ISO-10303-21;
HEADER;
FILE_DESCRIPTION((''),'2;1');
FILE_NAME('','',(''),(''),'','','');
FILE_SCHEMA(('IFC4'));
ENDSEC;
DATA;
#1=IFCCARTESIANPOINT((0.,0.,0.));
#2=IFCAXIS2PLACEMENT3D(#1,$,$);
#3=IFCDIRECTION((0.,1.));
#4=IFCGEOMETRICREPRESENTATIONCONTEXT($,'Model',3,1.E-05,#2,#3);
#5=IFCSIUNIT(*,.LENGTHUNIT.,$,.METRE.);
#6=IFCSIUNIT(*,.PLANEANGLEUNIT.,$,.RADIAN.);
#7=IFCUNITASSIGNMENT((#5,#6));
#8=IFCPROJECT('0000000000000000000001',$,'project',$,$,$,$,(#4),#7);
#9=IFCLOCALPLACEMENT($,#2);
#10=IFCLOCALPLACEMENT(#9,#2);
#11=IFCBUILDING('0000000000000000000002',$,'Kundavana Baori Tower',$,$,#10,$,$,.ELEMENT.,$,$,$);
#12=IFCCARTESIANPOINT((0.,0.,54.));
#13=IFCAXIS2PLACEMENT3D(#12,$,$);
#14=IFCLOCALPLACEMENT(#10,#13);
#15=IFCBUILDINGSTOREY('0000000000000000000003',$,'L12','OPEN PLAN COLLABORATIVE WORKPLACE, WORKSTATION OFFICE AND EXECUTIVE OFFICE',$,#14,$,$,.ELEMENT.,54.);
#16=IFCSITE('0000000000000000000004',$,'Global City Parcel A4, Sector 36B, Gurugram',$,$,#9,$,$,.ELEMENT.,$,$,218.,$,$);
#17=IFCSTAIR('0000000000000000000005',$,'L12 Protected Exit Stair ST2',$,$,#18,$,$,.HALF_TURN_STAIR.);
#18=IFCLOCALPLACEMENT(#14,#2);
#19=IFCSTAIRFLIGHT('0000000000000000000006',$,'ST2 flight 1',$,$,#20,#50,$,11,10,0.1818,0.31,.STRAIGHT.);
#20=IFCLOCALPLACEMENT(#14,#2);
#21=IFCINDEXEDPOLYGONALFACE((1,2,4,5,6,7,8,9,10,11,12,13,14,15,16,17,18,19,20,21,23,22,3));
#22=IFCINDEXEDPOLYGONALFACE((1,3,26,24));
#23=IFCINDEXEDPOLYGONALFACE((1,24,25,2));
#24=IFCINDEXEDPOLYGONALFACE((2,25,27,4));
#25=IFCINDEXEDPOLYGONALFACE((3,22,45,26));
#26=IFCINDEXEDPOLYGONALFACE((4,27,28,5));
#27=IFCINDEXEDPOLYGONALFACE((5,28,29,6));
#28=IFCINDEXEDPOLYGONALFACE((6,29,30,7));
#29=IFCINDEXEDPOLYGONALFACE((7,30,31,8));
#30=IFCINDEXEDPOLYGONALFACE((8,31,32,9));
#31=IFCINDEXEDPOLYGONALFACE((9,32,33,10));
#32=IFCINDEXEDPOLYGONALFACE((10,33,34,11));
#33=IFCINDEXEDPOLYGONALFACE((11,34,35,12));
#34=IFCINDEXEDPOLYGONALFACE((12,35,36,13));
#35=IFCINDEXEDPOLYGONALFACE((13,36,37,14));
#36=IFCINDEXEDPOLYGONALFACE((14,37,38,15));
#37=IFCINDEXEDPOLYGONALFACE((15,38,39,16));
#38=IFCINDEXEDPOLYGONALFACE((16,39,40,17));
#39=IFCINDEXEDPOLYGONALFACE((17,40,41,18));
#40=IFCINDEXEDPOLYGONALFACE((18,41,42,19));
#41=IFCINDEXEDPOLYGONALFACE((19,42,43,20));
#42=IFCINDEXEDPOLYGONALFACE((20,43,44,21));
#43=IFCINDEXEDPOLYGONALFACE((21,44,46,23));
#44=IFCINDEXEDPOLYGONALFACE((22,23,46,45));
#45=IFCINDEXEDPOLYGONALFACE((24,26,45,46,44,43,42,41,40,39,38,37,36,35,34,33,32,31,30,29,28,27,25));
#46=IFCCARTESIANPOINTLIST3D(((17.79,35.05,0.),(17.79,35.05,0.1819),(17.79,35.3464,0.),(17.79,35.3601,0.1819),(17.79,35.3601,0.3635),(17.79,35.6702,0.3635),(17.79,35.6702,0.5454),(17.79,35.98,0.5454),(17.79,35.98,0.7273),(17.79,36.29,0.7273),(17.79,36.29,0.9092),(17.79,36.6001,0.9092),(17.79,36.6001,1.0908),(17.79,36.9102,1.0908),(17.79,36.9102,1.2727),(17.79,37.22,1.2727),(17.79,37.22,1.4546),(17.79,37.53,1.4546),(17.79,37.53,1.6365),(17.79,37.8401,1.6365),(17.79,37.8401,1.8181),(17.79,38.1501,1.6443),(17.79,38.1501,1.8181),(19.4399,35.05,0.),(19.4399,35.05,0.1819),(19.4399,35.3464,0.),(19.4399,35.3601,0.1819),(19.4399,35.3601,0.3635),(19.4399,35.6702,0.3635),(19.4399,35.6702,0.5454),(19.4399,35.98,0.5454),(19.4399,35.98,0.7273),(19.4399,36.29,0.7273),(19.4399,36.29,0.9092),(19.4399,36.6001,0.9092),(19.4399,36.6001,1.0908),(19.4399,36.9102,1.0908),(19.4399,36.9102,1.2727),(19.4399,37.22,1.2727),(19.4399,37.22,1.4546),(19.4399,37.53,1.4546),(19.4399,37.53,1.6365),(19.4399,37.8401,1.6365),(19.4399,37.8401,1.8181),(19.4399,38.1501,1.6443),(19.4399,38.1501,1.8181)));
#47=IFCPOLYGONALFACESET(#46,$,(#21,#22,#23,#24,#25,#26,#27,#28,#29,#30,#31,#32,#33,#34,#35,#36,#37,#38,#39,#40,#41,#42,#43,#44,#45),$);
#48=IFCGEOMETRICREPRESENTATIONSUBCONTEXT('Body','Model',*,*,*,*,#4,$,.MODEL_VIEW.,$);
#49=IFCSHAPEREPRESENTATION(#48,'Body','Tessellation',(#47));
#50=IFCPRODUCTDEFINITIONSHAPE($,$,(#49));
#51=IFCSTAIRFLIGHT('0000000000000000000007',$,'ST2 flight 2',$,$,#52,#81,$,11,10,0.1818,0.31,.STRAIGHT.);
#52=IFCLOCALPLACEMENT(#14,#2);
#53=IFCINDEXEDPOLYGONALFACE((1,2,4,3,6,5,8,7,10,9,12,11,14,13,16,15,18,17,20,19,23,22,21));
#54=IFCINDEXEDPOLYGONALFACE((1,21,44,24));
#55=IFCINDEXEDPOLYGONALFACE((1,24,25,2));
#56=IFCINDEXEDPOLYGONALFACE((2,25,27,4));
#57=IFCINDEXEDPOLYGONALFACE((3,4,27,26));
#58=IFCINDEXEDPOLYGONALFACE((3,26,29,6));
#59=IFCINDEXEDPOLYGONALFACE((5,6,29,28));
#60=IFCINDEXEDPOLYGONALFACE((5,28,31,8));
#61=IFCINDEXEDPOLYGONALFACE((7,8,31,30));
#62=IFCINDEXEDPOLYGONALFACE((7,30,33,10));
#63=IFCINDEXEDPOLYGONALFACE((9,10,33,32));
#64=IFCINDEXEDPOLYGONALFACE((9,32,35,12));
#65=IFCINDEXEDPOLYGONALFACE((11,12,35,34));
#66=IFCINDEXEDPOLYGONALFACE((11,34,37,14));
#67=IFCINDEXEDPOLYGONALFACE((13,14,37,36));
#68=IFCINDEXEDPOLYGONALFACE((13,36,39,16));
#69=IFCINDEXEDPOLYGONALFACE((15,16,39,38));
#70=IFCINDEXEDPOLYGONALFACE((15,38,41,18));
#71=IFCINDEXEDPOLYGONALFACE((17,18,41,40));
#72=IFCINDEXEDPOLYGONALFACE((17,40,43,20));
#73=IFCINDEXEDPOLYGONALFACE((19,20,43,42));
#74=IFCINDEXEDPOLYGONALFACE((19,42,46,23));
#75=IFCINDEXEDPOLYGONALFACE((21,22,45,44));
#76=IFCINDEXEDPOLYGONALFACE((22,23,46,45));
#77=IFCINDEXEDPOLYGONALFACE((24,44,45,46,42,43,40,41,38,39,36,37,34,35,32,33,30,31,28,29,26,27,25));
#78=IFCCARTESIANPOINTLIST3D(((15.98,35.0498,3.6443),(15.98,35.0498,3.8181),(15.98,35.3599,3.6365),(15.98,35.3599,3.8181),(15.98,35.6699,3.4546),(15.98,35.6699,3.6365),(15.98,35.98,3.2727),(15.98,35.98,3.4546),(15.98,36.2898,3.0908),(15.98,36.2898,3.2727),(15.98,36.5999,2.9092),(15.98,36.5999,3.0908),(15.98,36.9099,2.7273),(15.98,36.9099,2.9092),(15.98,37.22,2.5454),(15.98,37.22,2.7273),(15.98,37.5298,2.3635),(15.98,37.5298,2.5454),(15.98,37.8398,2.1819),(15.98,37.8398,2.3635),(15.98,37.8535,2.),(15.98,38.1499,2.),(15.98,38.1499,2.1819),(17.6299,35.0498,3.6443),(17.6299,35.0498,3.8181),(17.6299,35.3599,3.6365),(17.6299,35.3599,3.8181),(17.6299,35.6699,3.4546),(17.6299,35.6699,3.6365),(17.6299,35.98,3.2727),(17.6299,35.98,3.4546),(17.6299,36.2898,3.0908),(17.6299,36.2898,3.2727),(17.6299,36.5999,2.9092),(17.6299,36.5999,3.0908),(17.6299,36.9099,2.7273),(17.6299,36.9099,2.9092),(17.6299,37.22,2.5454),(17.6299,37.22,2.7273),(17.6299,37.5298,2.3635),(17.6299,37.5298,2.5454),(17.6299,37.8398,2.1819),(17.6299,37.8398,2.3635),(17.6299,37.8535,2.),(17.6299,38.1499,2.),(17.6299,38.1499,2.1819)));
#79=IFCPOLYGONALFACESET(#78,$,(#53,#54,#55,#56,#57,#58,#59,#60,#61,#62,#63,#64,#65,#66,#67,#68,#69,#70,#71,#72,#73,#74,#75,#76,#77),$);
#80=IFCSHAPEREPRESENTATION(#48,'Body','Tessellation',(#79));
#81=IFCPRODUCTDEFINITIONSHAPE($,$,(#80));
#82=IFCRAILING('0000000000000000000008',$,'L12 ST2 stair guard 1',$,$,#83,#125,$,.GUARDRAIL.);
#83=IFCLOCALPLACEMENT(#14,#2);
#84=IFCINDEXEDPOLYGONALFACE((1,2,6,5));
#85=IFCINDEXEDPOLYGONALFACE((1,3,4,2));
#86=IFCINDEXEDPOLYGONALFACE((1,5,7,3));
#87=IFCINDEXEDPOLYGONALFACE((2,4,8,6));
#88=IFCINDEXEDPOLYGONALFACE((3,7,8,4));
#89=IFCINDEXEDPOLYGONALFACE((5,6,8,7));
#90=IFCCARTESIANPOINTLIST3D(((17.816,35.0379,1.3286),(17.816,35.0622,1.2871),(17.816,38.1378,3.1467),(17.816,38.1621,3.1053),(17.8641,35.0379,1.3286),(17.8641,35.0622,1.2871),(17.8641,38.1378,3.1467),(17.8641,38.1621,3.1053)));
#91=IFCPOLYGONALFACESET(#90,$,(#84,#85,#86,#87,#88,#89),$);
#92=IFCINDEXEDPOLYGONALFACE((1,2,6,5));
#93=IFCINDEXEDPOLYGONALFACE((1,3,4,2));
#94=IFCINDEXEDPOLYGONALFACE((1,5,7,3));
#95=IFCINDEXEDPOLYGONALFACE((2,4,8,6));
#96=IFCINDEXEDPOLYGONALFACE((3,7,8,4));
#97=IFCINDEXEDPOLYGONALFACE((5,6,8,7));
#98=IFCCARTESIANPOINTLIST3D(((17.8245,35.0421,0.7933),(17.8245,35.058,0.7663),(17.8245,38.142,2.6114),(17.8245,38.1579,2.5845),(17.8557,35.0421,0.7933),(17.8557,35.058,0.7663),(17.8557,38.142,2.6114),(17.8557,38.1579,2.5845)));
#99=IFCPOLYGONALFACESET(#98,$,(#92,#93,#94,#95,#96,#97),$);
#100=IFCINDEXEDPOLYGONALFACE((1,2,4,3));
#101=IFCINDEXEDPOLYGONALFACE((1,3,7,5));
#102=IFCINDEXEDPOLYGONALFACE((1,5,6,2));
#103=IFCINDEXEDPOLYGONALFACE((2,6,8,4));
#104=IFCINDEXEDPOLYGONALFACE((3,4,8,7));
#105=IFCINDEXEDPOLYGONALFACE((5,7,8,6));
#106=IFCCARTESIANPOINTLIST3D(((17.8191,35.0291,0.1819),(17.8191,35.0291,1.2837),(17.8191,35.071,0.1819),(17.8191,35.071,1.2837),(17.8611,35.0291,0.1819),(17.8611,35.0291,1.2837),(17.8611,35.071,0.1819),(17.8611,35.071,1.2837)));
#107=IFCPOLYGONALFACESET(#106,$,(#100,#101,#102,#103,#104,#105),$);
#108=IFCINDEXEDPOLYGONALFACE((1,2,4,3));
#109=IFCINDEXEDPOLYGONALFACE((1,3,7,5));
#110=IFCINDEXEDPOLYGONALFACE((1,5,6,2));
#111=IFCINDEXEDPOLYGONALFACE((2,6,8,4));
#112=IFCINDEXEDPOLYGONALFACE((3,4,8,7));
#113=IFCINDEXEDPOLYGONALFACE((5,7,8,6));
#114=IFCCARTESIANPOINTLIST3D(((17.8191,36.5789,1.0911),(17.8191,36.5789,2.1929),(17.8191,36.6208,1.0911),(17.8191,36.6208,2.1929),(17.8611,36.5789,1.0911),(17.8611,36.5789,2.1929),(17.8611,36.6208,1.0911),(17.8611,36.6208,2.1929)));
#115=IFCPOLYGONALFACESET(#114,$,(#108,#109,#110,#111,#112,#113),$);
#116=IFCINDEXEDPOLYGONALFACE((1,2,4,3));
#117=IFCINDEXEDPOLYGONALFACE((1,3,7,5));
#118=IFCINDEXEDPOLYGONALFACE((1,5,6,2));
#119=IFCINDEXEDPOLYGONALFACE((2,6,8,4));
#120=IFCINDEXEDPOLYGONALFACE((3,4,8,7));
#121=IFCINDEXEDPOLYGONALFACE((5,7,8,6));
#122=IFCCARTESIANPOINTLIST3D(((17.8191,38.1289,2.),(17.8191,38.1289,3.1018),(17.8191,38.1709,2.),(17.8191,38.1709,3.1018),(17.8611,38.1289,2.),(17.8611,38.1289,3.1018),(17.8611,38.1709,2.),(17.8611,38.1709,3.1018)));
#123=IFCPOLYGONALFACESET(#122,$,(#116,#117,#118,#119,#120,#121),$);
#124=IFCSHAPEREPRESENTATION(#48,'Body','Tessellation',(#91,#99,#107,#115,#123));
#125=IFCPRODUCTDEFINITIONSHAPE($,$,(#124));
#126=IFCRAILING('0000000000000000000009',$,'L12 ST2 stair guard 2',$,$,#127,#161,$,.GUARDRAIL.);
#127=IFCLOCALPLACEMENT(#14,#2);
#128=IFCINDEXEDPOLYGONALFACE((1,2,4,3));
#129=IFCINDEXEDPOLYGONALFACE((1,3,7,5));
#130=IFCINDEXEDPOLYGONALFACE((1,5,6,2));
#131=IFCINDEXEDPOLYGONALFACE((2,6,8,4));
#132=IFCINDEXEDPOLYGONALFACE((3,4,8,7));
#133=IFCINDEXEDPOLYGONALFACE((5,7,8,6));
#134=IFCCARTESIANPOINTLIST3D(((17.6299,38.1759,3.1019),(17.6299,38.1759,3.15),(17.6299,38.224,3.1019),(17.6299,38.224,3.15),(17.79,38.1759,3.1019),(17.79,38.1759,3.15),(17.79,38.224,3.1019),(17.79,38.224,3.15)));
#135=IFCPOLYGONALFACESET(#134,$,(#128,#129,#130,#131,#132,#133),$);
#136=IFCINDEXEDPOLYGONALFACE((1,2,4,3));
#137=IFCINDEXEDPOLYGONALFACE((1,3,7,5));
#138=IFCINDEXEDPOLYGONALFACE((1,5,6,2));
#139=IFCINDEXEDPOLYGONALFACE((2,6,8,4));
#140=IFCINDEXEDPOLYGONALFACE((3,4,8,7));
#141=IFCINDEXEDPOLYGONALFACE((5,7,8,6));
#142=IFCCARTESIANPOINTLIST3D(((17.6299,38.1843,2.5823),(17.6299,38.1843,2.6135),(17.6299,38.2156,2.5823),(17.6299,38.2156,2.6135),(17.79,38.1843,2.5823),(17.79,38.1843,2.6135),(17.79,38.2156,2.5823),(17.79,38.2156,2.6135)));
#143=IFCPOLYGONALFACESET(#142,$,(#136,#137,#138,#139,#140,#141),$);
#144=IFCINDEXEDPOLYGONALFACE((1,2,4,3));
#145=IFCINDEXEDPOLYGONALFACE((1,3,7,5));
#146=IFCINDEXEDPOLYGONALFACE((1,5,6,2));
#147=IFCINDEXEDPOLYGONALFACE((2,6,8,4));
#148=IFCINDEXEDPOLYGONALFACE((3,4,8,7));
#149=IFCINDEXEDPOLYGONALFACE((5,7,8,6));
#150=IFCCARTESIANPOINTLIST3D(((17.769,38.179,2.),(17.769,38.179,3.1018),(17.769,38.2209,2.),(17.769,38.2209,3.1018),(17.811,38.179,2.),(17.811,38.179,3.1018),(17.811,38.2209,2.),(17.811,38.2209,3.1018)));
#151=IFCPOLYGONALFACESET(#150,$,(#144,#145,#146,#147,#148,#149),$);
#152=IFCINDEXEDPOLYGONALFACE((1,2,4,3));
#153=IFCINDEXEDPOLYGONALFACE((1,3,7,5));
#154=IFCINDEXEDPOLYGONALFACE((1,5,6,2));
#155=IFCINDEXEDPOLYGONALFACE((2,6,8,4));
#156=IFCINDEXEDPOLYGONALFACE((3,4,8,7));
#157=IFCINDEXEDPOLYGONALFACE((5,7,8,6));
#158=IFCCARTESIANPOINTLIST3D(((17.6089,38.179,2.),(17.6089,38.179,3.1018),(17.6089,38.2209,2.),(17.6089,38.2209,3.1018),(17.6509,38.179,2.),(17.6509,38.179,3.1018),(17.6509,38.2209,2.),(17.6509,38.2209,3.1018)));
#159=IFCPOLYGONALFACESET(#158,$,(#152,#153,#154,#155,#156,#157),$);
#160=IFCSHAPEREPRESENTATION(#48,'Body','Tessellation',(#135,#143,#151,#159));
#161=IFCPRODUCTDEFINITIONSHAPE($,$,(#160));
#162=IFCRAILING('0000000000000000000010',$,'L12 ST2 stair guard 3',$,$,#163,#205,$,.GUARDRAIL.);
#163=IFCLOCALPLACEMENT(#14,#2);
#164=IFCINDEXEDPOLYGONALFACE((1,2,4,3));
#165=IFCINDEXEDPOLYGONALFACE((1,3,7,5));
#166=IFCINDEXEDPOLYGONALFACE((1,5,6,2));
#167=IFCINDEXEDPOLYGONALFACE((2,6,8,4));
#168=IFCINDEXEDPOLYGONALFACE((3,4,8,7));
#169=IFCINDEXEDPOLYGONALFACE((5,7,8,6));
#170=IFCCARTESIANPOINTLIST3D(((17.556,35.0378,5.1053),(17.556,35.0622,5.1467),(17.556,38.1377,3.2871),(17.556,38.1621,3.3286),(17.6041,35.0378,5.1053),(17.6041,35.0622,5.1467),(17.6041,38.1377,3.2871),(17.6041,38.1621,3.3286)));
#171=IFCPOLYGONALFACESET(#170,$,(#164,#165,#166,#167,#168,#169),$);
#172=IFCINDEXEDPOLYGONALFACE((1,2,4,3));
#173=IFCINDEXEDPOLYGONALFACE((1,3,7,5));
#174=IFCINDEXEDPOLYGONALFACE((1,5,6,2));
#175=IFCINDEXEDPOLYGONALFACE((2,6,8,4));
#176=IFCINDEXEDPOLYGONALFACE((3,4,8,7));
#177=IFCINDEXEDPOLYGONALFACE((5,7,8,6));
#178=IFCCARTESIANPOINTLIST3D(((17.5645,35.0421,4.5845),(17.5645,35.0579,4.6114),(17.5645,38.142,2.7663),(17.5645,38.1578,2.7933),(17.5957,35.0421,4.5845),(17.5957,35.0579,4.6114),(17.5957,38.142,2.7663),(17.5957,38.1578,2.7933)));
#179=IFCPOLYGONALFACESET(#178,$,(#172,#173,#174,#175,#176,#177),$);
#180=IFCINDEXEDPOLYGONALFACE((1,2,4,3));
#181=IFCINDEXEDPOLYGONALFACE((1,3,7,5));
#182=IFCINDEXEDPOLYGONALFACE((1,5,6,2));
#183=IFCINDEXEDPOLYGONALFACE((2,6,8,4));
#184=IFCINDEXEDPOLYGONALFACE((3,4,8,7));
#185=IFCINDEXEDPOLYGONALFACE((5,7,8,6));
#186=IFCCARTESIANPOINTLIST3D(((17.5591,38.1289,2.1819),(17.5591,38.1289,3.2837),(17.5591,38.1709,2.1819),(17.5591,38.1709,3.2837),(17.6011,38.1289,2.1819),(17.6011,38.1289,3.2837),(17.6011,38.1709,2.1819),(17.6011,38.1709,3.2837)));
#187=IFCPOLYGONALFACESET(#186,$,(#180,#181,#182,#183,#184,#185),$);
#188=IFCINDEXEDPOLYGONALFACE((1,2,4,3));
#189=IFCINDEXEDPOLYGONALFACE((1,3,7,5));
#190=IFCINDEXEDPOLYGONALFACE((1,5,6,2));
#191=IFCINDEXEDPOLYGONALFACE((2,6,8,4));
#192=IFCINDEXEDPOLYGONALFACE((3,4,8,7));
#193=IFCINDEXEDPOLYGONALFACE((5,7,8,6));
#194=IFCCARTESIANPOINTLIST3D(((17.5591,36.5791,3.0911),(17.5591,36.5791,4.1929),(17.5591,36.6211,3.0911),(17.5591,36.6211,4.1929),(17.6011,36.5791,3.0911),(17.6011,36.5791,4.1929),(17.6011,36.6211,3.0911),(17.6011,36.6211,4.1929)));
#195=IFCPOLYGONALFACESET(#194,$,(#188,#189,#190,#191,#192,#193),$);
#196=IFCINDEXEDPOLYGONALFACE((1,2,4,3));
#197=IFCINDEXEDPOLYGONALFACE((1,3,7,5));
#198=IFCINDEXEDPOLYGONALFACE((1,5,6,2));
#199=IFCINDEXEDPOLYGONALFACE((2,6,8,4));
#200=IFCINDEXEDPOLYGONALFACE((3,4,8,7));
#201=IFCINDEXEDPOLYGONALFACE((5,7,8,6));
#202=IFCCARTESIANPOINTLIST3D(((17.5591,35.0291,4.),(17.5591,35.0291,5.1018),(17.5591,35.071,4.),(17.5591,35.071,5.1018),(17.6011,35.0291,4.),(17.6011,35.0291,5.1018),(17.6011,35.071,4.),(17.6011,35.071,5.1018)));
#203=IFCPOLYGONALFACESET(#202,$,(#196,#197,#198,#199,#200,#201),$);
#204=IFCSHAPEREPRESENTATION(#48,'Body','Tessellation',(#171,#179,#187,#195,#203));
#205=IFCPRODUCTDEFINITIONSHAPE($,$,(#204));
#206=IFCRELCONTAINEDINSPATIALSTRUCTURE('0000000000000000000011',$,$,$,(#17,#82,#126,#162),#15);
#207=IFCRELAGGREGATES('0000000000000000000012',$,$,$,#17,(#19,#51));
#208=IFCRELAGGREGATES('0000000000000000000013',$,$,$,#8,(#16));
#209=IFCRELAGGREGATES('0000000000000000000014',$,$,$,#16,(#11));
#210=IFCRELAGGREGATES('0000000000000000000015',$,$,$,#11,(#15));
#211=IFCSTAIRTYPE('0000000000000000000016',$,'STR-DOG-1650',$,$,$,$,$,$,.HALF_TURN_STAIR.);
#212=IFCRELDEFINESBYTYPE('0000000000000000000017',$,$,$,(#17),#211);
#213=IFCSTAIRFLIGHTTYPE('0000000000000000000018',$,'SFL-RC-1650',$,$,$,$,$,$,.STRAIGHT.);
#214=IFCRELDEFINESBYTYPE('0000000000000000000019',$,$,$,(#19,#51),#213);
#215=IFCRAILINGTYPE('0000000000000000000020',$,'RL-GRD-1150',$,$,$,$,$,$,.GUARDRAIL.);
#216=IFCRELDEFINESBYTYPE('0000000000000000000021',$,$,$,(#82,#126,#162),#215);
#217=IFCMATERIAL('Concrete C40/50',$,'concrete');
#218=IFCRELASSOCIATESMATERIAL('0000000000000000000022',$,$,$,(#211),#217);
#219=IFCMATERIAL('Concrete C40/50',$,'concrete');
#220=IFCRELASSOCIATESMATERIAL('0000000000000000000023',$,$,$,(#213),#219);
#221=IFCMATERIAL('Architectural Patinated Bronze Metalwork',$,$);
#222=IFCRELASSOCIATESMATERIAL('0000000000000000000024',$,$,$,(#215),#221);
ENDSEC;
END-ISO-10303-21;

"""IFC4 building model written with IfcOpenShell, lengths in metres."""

from ifc_helpers import new_model, si_unit, direction, frame, origin, origin_2d, place, context, subcontext, project, spatial, polyline, rectangle, outline, extrude, material, type_object, element, aggregate, save


model = new_model("IFC4")

# Units and contexts
model_context = context("Model", 3, precision=1e-05, world=origin(), true_north=direction((0.0, 1.0)))
body_context = subcontext(model_context, "Body", "Model", "MODEL_VIEW")
ifc_project = project(units=[si_unit("LENGTHUNIT", "METRE"), si_unit("PLANEANGLEUNIT", "RADIAN")], contexts=[model_context])

# Site, building, storey
site_placement = place(None, origin())
site = spatial("IfcSite", under=ifc_project, at=site_placement, Name="Global City Parcel A4, Sector 36B, Gurugram", CompositionType="ELEMENT", RefElevation=218.0)
building_placement = place(site_placement, origin())
building = spatial("IfcBuilding", under=site, at=building_placement, Name="Kundavana Baori Tower", CompositionType="ELEMENT")
storey_placement = place(building_placement, frame((0.0, 0.0, 54.0)))
storey = spatial("IfcBuildingStorey", under=building, at=storey_placement, Name="L12", Description="OPEN PLAN COLLABORATIVE WORKPLACE, WORKSTATION OFFICE AND EXECUTIVE OFFICE", CompositionType="ELEMENT", Elevation=54.0)

# Stair, stair flights
ifc_material_1 = material(Name="Concrete C40/50", Category="concrete")
stair_type = type_object("IfcStairType", Name="STR-DOG-1650", PredefinedType="HALF_TURN_STAIR", material=ifc_material_1)
stair_placement = place(storey_placement, origin())
stair = element("IfcStair", 1, at=stair_placement, inside=storey, type_object=stair_type, Name="L12 Protected Exit Stair ST2", PredefinedType="HALF_TURN_STAIR")
ifc_material_2 = material(Name="Concrete C40/50", Category="concrete")
stair_flight_type = type_object("IfcStairFlightType", Name="SFL-RC-1650", PredefinedType="STRAIGHT", material=ifc_material_2)
stair_flight_1_placement = place(storey_placement, frame((18.615, 35.05, 0.0), z_axis=(0.0, 0.0, 1.0), x_axis=(0.0, 1.0, 0.0)))
stair_flight_1 = element("IfcStairFlight", 2, at=stair_flight_1_placement, type_object=stair_flight_type, Name="ST2 flight 1", NumberOfRisers=11, NumberOfTreads=10, PredefinedType="STRAIGHT", RiserHeight=0.1818, TreadLength=0.31, context=body_context, shape_type="SweptSolid", body=[
    extrude(outline(polyline([(0.0, 0.0), (0.0, 0.1819), (0.3101, 0.1819), (0.3101, 0.3635), (0.6201, 0.3635), (0.6201, 0.5454), (0.9299, 0.5454), (0.9299, 0.7273), (1.24, 0.7273), (1.24, 0.9092), (1.55, 0.9092), (1.55, 1.0908), (1.8601, 1.0908), (1.8601, 1.2727), (2.1699, 1.2727), (2.1699, 1.4546), (2.48, 1.4546), (2.48, 1.6365), (2.79, 1.6365), (2.79, 1.8181), (3.1001, 1.8181), (3.1001, 2.0), (3.1001, 1.6443), (0.2964, 0.0), (0.0, 0.0)])), frame((0.0, 0.825, 0.0), z_axis=(0.0, -1.0, 0.0), x_axis=(1.0, 0.0, 0.0)), (0.0, 0.0, 1.0), 1.6499),
])
stair_flight_2_placement = place(storey_placement, frame((16.8049, 38.1499, 2.0), z_axis=(0.0, 0.0, 1.0), x_axis=(0.0, -1.0, 0.0)))
stair_flight_2 = element("IfcStairFlight", 3, at=stair_flight_2_placement, type_object=stair_flight_type, Name="ST2 flight 2", NumberOfRisers=11, NumberOfTreads=10, PredefinedType="STRAIGHT", RiserHeight=0.1818, TreadLength=0.31, context=body_context, shape_type="SweptSolid", body=[
    extrude(outline(polyline([(0.0, 0.0), (0.0, 0.1819), (0.3101, 0.1819), (0.3101, 0.3635), (0.6201, 0.3635), (0.6201, 0.5454), (0.9299, 0.5454), (0.9299, 0.7273), (1.24, 0.7273), (1.24, 0.9092), (1.55, 0.9092), (1.55, 1.0908), (1.8601, 1.0908), (1.8601, 1.2727), (2.1699, 1.2727), (2.1699, 1.4546), (2.48, 1.4546), (2.48, 1.6365), (2.79, 1.6365), (2.79, 1.8181), (3.1001, 1.8181), (3.1001, 2.0), (3.1001, 1.6443), (0.2964, 0.0), (0.0, 0.0)])), frame((0.0, 0.825, 0.0), z_axis=(0.0, -1.0, 0.0), x_axis=(1.0, 0.0, 0.0)), (0.0, 0.0, 1.0), 1.6499),
])
aggregate(stair, [stair_flight_1, stair_flight_2])

# Railings
ifc_material_3 = material(Name="Architectural Patinated Bronze Metalwork")
railing_type_1 = type_object("IfcRailingType", Name="RL-GRD-1150", PredefinedType="GUARDRAIL", material=ifc_material_3)
railing_1_placement = place(storey_placement, frame((17.8401, 35.05, 0.1819)))
element("IfcRailing", 4, at=railing_1_placement, inside=storey, type_object=railing_type_1, Name="L12 ST2 stair guard 1", PredefinedType="GUARDRAIL", context=body_context, shape_type="SweptSolid", body=[
    extrude(rectangle(XDim=0.0481, YDim=0.0481, at=origin_2d()), frame((0.0, 0.0, 1.126), z_axis=(0.0, 0.862581, 0.505918), x_axis=(-1.0, 0.0, 0.0)), (0.0, 0.0, 1.0), 3.5938),
    extrude(rectangle(XDim=0.0312, YDim=0.0312, at=origin_2d()), frame((0.0, 0.0, 0.5979), z_axis=(0.0, 0.862581, 0.505918), x_axis=(-1.0, 0.0, 0.0)), (0.0, 0.0, 1.0), 3.5938),
    extrude(rectangle(XDim=0.042, YDim=0.042, at=origin_2d()), origin(), (0.0, 0.0, 1.0), 1.1018),
    extrude(rectangle(XDim=0.042, YDim=0.042, at=origin_2d()), frame((0.0, 1.5498, 0.9092)), (0.0, 0.0, 1.0), 1.1018),
    extrude(rectangle(XDim=0.042, YDim=0.042, at=origin_2d()), frame((0.0, 3.0999, 1.8181)), (0.0, 0.0, 1.0), 1.1018),
])
railing_2_placement = place(storey_placement, frame((17.79, 38.2, 2.0)))
element("IfcRailing", 5, at=railing_2_placement, inside=storey, type_object=railing_type_1, Name="L12 ST2 stair guard 2", PredefinedType="GUARDRAIL", context=body_context, shape_type="SweptSolid", body=[
    extrude(rectangle(XDim=0.0481, YDim=0.0481, at=origin_2d()), frame((0.0, 0.0, 1.126), z_axis=(-1.0, 0.0, 0.0), x_axis=(0.0, -1.0, 0.0)), (0.0, 0.0, 1.0), 0.1602),
    extrude(rectangle(XDim=0.0312, YDim=0.0312, at=origin_2d()), frame((0.0, 0.0, 0.5979), z_axis=(-1.0, 0.0, 0.0), x_axis=(0.0, -1.0, 0.0)), (0.0, 0.0, 1.0), 0.1602),
    extrude(rectangle(XDim=0.042, YDim=0.042, at=origin_2d()), origin(), (0.0, 0.0, 1.0), 1.1018),
    extrude(rectangle(XDim=0.042, YDim=0.042, at=origin_2d()), frame((-0.1602, 0.0, 0.0)), (0.0, 0.0, 1.0), 1.1018),
])
railing_3_placement = place(storey_placement, frame((17.5801, 38.1499, 2.1819)))
element("IfcRailing", 6, at=railing_3_placement, inside=storey, type_object=railing_type_1, Name="L12 ST2 stair guard 3", PredefinedType="GUARDRAIL", context=body_context, shape_type="SweptSolid", body=[
    extrude(rectangle(XDim=0.0481, YDim=0.0481, at=origin_2d()), frame((0.0, 0.0, 1.126), z_axis=(0.0, -0.862581, 0.505918), x_axis=(1.0, 0.0, 0.0)), (0.0, 0.0, 1.0), 3.5938),
    extrude(rectangle(XDim=0.0312, YDim=0.0312, at=origin_2d()), frame((0.0, 0.0, 0.5979), z_axis=(0.0, -0.862581, 0.505918), x_axis=(1.0, 0.0, 0.0)), (0.0, 0.0, 1.0), 3.5938),
    extrude(rectangle(XDim=0.042, YDim=0.042, at=origin_2d()), origin(), (0.0, 0.0, 1.0), 1.1018),
    extrude(rectangle(XDim=0.042, YDim=0.042, at=origin_2d()), frame((0.0, -1.5498, 0.9092)), (0.0, 0.0, 1.0), 1.1018),
    extrude(rectangle(XDim=0.042, YDim=0.042, at=origin_2d()), frame((0.0, -3.0999, 1.8181)), (0.0, 0.0, 1.0), 1.1018),
])

save(model, "model.ifc")
